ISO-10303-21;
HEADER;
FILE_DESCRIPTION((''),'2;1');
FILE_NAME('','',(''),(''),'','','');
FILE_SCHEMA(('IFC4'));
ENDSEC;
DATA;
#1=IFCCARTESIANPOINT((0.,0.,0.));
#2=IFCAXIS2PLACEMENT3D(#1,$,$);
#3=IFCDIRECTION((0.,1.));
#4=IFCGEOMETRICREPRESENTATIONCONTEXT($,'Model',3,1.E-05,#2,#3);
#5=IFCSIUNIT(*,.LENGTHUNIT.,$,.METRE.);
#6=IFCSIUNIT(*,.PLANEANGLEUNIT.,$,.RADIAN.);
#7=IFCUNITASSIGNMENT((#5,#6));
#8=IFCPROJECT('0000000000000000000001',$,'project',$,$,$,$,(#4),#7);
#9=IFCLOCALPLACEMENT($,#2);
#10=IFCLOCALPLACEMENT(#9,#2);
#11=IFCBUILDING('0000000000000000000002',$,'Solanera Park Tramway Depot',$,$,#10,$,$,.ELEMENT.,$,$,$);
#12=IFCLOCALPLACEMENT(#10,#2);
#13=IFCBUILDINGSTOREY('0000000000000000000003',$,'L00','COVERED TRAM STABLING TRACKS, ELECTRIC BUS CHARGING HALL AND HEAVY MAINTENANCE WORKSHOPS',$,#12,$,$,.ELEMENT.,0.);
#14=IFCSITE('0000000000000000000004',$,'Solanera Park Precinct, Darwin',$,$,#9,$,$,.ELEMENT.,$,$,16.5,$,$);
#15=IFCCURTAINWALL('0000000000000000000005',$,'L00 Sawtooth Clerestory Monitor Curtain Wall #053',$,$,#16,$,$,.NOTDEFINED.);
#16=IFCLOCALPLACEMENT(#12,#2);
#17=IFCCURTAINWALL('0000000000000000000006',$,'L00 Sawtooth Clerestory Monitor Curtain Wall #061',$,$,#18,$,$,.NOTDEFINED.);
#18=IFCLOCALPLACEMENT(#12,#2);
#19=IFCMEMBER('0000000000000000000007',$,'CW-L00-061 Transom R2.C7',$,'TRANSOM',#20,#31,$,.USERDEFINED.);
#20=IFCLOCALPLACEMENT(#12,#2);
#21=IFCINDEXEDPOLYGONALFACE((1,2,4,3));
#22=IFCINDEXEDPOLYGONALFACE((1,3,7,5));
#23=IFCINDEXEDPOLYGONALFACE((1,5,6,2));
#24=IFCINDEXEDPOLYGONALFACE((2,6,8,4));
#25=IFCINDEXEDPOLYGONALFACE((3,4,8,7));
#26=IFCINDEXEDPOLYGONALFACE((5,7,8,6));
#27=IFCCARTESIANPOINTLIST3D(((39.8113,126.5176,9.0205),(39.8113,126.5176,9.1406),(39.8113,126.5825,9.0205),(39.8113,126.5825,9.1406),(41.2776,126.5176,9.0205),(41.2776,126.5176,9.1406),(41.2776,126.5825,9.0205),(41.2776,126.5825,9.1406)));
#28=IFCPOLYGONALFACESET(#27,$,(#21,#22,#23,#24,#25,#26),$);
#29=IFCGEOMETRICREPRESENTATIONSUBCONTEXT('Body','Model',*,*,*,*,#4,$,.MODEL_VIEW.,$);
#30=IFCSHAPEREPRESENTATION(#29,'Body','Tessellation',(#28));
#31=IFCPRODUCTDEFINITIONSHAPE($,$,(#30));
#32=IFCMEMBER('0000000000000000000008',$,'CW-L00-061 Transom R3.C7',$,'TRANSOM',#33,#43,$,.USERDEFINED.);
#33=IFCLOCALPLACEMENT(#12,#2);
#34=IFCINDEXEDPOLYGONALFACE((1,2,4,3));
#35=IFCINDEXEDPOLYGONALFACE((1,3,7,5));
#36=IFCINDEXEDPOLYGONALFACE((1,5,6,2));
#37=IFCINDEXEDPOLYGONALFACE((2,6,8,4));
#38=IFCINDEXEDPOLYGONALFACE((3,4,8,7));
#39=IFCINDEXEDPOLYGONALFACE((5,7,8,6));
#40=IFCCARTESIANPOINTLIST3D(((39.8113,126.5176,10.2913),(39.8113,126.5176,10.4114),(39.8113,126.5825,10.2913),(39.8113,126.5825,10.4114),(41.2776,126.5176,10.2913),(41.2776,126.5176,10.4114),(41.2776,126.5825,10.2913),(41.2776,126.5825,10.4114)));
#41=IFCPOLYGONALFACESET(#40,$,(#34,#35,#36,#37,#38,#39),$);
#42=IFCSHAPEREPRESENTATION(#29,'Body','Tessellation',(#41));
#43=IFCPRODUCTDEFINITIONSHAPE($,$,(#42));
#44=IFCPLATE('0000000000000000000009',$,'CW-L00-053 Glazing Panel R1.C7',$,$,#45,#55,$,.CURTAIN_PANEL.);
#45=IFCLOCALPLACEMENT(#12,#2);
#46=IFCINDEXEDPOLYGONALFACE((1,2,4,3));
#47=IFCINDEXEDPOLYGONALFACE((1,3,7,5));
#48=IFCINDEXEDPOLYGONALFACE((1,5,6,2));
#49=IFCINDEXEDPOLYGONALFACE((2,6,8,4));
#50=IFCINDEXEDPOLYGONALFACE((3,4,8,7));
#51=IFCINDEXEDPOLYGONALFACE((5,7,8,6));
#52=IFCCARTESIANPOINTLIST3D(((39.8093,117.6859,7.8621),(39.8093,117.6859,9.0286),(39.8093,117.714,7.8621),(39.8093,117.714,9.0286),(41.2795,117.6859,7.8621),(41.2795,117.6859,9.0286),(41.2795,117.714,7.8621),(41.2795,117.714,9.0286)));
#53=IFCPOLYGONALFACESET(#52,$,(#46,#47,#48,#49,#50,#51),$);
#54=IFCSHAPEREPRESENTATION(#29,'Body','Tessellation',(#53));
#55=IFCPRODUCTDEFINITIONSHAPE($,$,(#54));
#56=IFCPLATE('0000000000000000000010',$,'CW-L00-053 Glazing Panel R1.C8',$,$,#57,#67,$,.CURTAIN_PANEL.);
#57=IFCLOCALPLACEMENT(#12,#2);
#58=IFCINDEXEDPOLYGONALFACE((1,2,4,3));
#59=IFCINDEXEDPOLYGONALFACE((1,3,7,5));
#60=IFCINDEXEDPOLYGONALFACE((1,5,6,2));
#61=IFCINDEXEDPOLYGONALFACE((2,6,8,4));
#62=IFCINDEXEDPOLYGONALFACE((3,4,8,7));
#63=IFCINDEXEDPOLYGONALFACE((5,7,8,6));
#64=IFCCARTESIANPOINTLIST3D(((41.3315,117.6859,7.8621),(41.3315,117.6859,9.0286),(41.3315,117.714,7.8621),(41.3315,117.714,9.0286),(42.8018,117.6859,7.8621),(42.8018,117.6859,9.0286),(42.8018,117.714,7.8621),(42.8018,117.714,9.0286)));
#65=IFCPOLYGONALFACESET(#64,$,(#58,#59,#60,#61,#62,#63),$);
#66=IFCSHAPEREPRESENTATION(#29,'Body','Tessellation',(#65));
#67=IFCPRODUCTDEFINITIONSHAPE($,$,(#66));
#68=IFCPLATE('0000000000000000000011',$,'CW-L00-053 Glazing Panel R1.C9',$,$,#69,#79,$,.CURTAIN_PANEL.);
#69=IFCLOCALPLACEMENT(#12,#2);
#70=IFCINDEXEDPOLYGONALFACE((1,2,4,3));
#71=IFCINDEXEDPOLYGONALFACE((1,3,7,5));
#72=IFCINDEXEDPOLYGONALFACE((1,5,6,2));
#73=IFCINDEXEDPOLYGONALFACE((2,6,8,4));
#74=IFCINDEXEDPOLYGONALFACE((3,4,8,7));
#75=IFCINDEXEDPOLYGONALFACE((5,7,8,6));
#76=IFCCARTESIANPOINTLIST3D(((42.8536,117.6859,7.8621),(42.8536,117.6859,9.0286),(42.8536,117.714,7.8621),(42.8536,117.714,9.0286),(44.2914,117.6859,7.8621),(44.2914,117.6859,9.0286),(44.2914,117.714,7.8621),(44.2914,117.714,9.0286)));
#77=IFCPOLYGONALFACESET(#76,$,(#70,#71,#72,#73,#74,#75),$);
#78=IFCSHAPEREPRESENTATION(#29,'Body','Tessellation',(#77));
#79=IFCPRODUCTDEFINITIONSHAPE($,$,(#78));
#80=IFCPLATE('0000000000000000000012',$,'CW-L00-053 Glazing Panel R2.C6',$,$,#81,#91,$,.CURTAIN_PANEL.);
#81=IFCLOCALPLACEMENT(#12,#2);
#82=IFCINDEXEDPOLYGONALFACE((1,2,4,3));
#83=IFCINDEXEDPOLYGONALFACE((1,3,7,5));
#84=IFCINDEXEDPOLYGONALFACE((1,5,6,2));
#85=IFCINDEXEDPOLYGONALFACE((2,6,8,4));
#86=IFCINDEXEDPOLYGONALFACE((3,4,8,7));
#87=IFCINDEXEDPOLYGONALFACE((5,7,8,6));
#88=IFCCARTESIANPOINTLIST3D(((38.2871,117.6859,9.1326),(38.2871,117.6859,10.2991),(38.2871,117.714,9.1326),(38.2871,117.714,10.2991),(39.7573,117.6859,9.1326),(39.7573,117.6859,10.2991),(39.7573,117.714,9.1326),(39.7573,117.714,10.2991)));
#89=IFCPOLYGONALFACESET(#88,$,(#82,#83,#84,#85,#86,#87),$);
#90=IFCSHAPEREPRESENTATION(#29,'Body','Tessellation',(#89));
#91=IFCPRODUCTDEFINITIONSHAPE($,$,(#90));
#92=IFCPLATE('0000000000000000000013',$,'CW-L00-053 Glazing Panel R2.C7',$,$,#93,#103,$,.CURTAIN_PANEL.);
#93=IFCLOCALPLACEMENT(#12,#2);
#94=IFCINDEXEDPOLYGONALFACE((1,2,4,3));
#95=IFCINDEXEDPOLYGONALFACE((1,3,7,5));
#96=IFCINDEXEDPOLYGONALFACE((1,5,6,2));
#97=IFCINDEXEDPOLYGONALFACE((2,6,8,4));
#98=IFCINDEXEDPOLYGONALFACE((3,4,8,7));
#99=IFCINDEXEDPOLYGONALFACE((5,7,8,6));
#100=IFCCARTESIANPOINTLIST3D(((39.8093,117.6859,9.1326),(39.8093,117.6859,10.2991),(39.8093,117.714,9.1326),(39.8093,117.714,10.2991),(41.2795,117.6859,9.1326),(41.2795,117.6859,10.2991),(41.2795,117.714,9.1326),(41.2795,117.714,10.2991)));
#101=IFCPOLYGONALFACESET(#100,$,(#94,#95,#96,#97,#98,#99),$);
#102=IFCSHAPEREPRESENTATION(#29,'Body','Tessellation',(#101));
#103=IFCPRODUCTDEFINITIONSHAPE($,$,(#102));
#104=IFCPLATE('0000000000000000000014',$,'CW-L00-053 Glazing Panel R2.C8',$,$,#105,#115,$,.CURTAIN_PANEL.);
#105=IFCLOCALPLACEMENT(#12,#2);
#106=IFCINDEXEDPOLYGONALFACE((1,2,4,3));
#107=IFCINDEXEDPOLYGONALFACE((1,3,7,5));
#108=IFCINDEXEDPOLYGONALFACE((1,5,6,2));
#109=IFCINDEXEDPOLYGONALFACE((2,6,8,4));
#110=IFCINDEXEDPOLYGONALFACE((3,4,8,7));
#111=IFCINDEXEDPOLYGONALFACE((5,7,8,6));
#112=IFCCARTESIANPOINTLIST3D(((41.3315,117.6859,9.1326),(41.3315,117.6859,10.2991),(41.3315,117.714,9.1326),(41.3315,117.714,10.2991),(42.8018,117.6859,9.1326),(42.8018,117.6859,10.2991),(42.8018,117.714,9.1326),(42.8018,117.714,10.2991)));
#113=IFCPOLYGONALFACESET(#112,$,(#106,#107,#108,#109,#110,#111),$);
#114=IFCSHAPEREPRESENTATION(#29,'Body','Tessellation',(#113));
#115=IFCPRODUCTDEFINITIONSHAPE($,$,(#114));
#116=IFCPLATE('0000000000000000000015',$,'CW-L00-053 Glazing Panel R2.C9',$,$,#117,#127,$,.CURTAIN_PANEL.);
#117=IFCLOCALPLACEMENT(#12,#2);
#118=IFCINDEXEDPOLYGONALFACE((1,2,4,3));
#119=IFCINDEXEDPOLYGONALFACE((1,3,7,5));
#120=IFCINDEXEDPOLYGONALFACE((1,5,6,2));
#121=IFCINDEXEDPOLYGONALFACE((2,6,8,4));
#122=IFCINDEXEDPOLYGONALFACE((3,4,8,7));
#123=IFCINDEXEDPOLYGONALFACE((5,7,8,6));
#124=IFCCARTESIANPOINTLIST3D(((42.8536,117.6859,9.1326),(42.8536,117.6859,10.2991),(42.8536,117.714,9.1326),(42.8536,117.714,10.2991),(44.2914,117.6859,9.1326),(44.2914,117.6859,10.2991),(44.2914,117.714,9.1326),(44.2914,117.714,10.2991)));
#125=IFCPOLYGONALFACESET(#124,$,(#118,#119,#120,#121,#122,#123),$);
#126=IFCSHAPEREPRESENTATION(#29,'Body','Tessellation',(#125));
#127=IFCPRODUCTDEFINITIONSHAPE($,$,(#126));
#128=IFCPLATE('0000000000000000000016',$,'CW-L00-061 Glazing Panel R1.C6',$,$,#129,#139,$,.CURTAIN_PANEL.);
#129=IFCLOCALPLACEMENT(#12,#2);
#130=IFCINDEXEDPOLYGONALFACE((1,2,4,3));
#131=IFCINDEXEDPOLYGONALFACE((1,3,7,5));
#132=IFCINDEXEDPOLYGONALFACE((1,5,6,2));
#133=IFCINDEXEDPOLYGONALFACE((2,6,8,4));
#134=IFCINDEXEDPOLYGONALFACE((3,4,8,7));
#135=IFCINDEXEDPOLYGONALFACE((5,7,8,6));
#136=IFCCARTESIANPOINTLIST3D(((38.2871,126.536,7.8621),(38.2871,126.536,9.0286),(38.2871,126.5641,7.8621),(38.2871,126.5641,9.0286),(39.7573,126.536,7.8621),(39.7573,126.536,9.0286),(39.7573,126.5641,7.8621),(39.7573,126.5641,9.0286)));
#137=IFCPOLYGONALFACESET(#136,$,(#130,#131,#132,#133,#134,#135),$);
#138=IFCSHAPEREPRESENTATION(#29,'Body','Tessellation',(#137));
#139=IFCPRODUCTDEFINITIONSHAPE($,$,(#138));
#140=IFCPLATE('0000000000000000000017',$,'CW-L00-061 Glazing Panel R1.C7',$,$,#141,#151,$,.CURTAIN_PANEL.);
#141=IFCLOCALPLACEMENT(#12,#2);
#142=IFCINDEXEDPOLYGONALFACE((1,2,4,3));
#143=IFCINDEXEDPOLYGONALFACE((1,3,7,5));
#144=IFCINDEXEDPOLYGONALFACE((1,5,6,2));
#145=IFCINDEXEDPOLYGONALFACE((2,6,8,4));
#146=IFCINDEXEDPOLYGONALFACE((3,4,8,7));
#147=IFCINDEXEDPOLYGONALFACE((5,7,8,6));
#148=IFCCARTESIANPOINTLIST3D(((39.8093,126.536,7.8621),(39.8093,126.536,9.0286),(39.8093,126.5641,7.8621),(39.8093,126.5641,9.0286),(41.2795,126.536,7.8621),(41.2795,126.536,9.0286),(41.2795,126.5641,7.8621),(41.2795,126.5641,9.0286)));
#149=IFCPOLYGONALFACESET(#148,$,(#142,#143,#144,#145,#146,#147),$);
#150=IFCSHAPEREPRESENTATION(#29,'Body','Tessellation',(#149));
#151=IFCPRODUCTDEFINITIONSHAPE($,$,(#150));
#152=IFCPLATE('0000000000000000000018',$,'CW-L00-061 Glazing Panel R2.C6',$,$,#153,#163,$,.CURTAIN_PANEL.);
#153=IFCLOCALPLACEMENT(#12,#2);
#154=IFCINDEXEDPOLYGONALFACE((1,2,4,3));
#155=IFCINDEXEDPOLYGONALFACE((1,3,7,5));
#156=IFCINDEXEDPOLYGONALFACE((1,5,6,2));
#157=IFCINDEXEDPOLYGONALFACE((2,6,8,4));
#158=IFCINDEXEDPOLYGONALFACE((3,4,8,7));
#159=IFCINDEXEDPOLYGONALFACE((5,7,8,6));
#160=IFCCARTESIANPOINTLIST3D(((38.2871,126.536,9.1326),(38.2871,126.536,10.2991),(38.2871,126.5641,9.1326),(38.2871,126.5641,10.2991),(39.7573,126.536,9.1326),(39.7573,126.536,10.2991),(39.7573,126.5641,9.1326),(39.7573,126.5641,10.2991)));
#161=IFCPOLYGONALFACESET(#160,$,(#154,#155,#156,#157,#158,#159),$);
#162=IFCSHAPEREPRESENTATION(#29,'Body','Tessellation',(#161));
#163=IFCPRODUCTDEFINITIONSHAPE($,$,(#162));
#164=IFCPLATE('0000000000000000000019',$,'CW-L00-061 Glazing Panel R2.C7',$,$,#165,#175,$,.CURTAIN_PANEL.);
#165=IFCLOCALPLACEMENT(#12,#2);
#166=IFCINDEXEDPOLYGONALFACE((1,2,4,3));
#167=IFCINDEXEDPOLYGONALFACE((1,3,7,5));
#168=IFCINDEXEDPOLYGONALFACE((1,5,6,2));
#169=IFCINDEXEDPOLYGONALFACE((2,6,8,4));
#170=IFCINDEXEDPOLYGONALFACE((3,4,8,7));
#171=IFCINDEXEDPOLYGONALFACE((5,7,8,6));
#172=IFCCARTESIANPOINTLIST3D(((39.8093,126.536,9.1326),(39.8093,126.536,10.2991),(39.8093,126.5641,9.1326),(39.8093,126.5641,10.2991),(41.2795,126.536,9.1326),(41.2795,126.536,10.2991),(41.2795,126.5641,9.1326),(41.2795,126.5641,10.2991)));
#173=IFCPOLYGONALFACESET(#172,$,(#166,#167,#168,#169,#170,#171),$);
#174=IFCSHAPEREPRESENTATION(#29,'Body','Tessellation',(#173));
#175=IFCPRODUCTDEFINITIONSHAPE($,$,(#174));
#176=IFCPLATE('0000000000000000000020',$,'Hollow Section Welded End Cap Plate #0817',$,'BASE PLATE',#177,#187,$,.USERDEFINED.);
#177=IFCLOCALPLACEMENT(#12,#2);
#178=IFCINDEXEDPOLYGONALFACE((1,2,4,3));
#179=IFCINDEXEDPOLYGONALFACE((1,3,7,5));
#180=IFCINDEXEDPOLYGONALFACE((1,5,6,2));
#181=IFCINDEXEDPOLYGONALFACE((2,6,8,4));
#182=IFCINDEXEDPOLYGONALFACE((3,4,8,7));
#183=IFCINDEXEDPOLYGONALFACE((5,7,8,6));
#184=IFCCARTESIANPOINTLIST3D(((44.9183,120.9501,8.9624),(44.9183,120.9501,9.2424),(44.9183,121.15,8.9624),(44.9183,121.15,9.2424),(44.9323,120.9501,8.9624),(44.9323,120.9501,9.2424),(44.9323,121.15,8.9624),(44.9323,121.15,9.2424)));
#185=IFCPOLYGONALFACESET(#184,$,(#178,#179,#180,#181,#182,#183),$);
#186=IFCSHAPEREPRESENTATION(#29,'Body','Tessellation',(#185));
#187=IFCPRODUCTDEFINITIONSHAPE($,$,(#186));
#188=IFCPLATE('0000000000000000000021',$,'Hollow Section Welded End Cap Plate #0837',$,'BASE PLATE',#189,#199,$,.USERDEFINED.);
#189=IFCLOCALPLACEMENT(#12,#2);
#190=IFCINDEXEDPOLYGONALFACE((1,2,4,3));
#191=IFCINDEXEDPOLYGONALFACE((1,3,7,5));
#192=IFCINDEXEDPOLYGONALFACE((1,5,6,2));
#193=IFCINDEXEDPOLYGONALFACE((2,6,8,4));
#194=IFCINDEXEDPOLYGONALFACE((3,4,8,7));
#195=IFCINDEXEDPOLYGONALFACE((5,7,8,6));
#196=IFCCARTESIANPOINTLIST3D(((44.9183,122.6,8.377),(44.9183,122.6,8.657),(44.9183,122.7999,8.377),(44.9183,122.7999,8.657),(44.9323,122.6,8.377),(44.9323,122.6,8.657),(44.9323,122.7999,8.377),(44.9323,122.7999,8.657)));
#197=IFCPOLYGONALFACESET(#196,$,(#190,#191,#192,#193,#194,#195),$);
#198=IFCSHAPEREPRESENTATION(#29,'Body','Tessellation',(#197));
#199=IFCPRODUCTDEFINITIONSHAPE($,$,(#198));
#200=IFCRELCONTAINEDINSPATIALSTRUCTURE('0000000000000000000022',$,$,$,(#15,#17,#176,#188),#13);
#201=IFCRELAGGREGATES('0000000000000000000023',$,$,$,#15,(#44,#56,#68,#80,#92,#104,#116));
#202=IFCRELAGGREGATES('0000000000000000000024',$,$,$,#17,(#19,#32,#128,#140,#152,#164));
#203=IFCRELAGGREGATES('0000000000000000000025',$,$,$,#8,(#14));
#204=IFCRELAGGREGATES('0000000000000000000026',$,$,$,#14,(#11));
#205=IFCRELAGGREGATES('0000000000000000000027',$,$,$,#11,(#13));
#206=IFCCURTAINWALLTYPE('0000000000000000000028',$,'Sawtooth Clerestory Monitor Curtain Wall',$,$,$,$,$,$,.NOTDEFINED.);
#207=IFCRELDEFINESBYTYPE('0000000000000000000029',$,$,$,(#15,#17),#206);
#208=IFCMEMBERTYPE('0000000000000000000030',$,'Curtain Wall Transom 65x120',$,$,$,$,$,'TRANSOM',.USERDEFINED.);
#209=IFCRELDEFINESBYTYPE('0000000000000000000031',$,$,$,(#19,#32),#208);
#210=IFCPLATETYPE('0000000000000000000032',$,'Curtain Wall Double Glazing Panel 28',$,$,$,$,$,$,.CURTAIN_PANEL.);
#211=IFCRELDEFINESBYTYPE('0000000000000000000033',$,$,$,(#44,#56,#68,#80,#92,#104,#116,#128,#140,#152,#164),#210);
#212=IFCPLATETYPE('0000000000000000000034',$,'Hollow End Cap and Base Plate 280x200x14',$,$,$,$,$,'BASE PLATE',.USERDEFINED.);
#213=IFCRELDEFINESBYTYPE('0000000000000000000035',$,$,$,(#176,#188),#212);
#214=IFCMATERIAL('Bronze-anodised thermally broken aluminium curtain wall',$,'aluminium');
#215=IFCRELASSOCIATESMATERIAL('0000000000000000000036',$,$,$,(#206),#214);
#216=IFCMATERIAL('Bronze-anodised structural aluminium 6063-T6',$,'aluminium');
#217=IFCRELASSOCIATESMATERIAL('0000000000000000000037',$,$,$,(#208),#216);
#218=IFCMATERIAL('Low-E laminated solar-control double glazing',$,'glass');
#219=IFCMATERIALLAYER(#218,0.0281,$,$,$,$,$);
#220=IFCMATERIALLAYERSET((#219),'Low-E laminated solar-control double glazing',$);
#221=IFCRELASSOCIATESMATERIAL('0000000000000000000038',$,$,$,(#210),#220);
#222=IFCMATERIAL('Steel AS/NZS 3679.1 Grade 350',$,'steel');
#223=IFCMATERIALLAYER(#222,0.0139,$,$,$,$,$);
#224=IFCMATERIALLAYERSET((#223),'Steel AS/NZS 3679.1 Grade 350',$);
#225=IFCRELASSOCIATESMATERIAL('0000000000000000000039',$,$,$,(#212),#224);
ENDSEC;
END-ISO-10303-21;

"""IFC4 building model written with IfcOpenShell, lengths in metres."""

from ifc_helpers import new_model, si_unit, direction, frame, origin, origin_2d, place, context, subcontext, project, spatial, rectangle, extrude, material, layer, layer_set, material_profile, profile_set, type_object, element, aggregate, save


model = new_model("IFC4")

# Units and contexts
model_context = context("Model", 3, precision=1e-05, world=origin(), true_north=direction((0.0, 1.0)))
body_context = subcontext(model_context, "Body", "Model", "MODEL_VIEW")
ifc_project = project(units=[si_unit("LENGTHUNIT", "METRE"), si_unit("PLANEANGLEUNIT", "RADIAN")], contexts=[model_context])

# Site, building, storey
site_placement = place(None, origin())
site = spatial("IfcSite", under=ifc_project, at=site_placement, Name="Solanera Park Precinct, Darwin", CompositionType="ELEMENT", RefElevation=16.5)
building_placement = place(site_placement, origin())
building = spatial("IfcBuilding", under=site, at=building_placement, Name="Solanera Park Tramway Depot", CompositionType="ELEMENT")
storey_placement = place(building_placement, origin())
storey = spatial("IfcBuildingStorey", under=building, at=storey_placement, Name="L00", Description="COVERED TRAM STABLING TRACKS, ELECTRIC BUS CHARGING HALL AND HEAVY MAINTENANCE WORKSHOPS", CompositionType="ELEMENT", Elevation=0.0)

# Curtain wall
ifc_material_1 = material(Name="Bronze-anodised thermally broken aluminium curtain wall", Category="aluminium")
curtain_wall_type = type_object("IfcCurtainWallType", Name="Sawtooth Clerestory Monitor Curtain Wall", PredefinedType="NOTDEFINED", material=ifc_material_1)
curtain_wall_1_placement = place(storey_placement, origin())
curtain_wall_1 = element("IfcCurtainWall", 1, at=curtain_wall_1_placement, inside=storey, type_object=curtain_wall_type, Name="L00 Sawtooth Clerestory Monitor Curtain Wall #053", PredefinedType="NOTDEFINED")

# Curtain wall
curtain_wall_2_placement = place(storey_placement, origin())
curtain_wall_2 = element("IfcCurtainWall", 2, at=curtain_wall_2_placement, inside=storey, type_object=curtain_wall_type, Name="L00 Sawtooth Clerestory Monitor Curtain Wall #061", PredefinedType="NOTDEFINED")

# Members
ifc_material_2 = material(Name="Bronze-anodised structural aluminium 6063-T6", Category="aluminium")
ifc_material_profile_1 = material_profile(ifc_material_2, rectangle(XDim=0.0649, YDim=0.1201, at=origin_2d()), Name="Curtain Wall Transom 65x120")
ifc_profile_set_1 = profile_set([ifc_material_profile_1], Name="Bronze-anodised structural aluminium 6063-T6")
member_type_1 = type_object("IfcMemberType", Name="Curtain Wall Transom 65x120", ElementType="TRANSOM", PredefinedType="USERDEFINED", material=ifc_profile_set_1)
member_1_placement = place(storey_placement, frame((39.8113, 126.55, 9.0806), z_axis=(1.0, 0.0, 0.0), x_axis=(0.0, 1.0, 0.0)))
member_1 = element("IfcMember", 3, at=member_1_placement, type_object=member_type_1, Name="CW-L00-061 Transom R2.C7", ObjectType="TRANSOM", PredefinedType="USERDEFINED", context=body_context, shape_type="SweptSolid", body=[
    extrude(rectangle(XDim=0.0649, YDim=0.1201, at=origin_2d()), origin(), (0.0, 0.0, 1.0), 1.4663),
])
member_2_placement = place(storey_placement, frame((39.8113, 126.55, 10.3513), z_axis=(1.0, 0.0, 0.0), x_axis=(0.0, 1.0, 0.0)))
member_2 = element("IfcMember", 4, at=member_2_placement, type_object=member_type_1, Name="CW-L00-061 Transom R3.C7", ObjectType="TRANSOM", PredefinedType="USERDEFINED", context=body_context, shape_type="SweptSolid", body=[
    extrude(rectangle(XDim=0.0649, YDim=0.1201, at=origin_2d()), origin(), (0.0, 0.0, 1.0), 1.4663),
])

# Plates
ifc_material_3 = material(Name="Low-E laminated solar-control double glazing", Category="glass")
ifc_layer_1 = layer(ifc_material_3, 0.0281)
ifc_layer_set_1 = layer_set([ifc_layer_1], Name="Low-E laminated solar-control double glazing")
plate_type_1 = type_object("IfcPlateType", Name="Curtain Wall Double Glazing Panel 28", PredefinedType="CURTAIN_PANEL", material=ifc_layer_set_1)
plate_1_placement = place(storey_placement, frame((40.5444, 117.7, 7.8621), z_axis=(0.0, 0.0, 1.0), x_axis=(1.0, 0.0, 0.0)))
plate_1 = element("IfcPlate", 5, at=plate_1_placement, type_object=plate_type_1, Name="CW-L00-053 Glazing Panel R1.C7", PredefinedType="CURTAIN_PANEL", context=body_context, shape_type="SweptSolid", body=[
    extrude(rectangle(XDim=1.4702, YDim=0.0281, at=origin_2d()), origin(), (0.0, 0.0, 1.0), 1.1665),
])
plate_2_placement = place(storey_placement, frame((42.0667, 117.7, 7.8621), z_axis=(0.0, 0.0, 1.0), x_axis=(1.0, 0.0, 0.0)))
plate_2 = element("IfcPlate", 6, at=plate_2_placement, type_object=plate_type_1, Name="CW-L00-053 Glazing Panel R1.C8", PredefinedType="CURTAIN_PANEL", context=body_context, shape_type="SweptSolid", body=[
    extrude(rectangle(XDim=1.4702, YDim=0.0281, at=origin_2d()), origin(), (0.0, 0.0, 1.0), 1.1665),
])
plate_3_placement = place(storey_placement, frame((43.5725, 117.7, 7.8621), z_axis=(0.0, 0.0, 1.0), x_axis=(1.0, 0.0, 0.0)))
plate_3 = element("IfcPlate", 7, at=plate_3_placement, type_object=plate_type_1, Name="CW-L00-053 Glazing Panel R1.C9", PredefinedType="CURTAIN_PANEL", context=body_context, shape_type="SweptSolid", body=[
    extrude(rectangle(XDim=1.4377, YDim=0.0281, at=origin_2d()), origin(), (0.0, 0.0, 1.0), 1.1665),
])
plate_4_placement = place(storey_placement, frame((39.0222, 117.7, 9.1326), z_axis=(0.0, 0.0, 1.0), x_axis=(1.0, 0.0, 0.0)))
plate_4 = element("IfcPlate", 8, at=plate_4_placement, type_object=plate_type_1, Name="CW-L00-053 Glazing Panel R2.C6", PredefinedType="CURTAIN_PANEL", context=body_context, shape_type="SweptSolid", body=[
    extrude(rectangle(XDim=1.4702, YDim=0.0281, at=origin_2d()), origin(), (0.0, 0.0, 1.0), 1.1665),
])
plate_5_placement = place(storey_placement, frame((40.5444, 117.7, 9.1326), z_axis=(0.0, 0.0, 1.0), x_axis=(1.0, 0.0, 0.0)))
plate_5 = element("IfcPlate", 9, at=plate_5_placement, type_object=plate_type_1, Name="CW-L00-053 Glazing Panel R2.C7", PredefinedType="CURTAIN_PANEL", context=body_context, shape_type="SweptSolid", body=[
    extrude(rectangle(XDim=1.4702, YDim=0.0281, at=origin_2d()), origin(), (0.0, 0.0, 1.0), 1.1665),
])
plate_6_placement = place(storey_placement, frame((42.0667, 117.7, 9.1326), z_axis=(0.0, 0.0, 1.0), x_axis=(1.0, 0.0, 0.0)))
plate_6 = element("IfcPlate", 10, at=plate_6_placement, type_object=plate_type_1, Name="CW-L00-053 Glazing Panel R2.C8", PredefinedType="CURTAIN_PANEL", context=body_context, shape_type="SweptSolid", body=[
    extrude(rectangle(XDim=1.4702, YDim=0.0281, at=origin_2d()), origin(), (0.0, 0.0, 1.0), 1.1665),
])
plate_7_placement = place(storey_placement, frame((43.5725, 117.7, 9.1326), z_axis=(0.0, 0.0, 1.0), x_axis=(1.0, 0.0, 0.0)))
plate_7 = element("IfcPlate", 11, at=plate_7_placement, type_object=plate_type_1, Name="CW-L00-053 Glazing Panel R2.C9", PredefinedType="CURTAIN_PANEL", context=body_context, shape_type="SweptSolid", body=[
    extrude(rectangle(XDim=1.4377, YDim=0.0281, at=origin_2d()), origin(), (0.0, 0.0, 1.0), 1.1665),
])
aggregate(curtain_wall_1, [plate_1, plate_2, plate_3, plate_4, plate_5, plate_6, plate_7])
plate_8_placement = place(storey_placement, frame((39.0222, 126.55, 7.8621), z_axis=(0.0, 0.0, 1.0), x_axis=(1.0, 0.0, 0.0)))
plate_8 = element("IfcPlate", 12, at=plate_8_placement, type_object=plate_type_1, Name="CW-L00-061 Glazing Panel R1.C6", PredefinedType="CURTAIN_PANEL", context=body_context, shape_type="SweptSolid", body=[
    extrude(rectangle(XDim=1.4702, YDim=0.0281, at=origin_2d()), origin(), (0.0, 0.0, 1.0), 1.1665),
])
plate_9_placement = place(storey_placement, frame((40.5444, 126.55, 7.8621), z_axis=(0.0, 0.0, 1.0), x_axis=(1.0, 0.0, 0.0)))
plate_9 = element("IfcPlate", 13, at=plate_9_placement, type_object=plate_type_1, Name="CW-L00-061 Glazing Panel R1.C7", PredefinedType="CURTAIN_PANEL", context=body_context, shape_type="SweptSolid", body=[
    extrude(rectangle(XDim=1.4702, YDim=0.0281, at=origin_2d()), origin(), (0.0, 0.0, 1.0), 1.1665),
])
plate_10_placement = place(storey_placement, frame((39.0222, 126.55, 9.1326), z_axis=(0.0, 0.0, 1.0), x_axis=(1.0, 0.0, 0.0)))
plate_10 = element("IfcPlate", 14, at=plate_10_placement, type_object=plate_type_1, Name="CW-L00-061 Glazing Panel R2.C6", PredefinedType="CURTAIN_PANEL", context=body_context, shape_type="SweptSolid", body=[
    extrude(rectangle(XDim=1.4702, YDim=0.0281, at=origin_2d()), origin(), (0.0, 0.0, 1.0), 1.1665),
])
plate_11_placement = place(storey_placement, frame((40.5444, 126.55, 9.1326), z_axis=(0.0, 0.0, 1.0), x_axis=(1.0, 0.0, 0.0)))
plate_11 = element("IfcPlate", 15, at=plate_11_placement, type_object=plate_type_1, Name="CW-L00-061 Glazing Panel R2.C7", PredefinedType="CURTAIN_PANEL", context=body_context, shape_type="SweptSolid", body=[
    extrude(rectangle(XDim=1.4702, YDim=0.0281, at=origin_2d()), origin(), (0.0, 0.0, 1.0), 1.1665),
])
aggregate(curtain_wall_2, [member_1, member_2, plate_8, plate_9, plate_10, plate_11])

# Plates
ifc_material_4 = material(Name="Steel AS/NZS 3679.1 Grade 350", Category="steel")
ifc_layer_2 = layer(ifc_material_4, 0.0139)
ifc_layer_set_2 = layer_set([ifc_layer_2], Name="Steel AS/NZS 3679.1 Grade 350")
plate_type_2 = type_object("IfcPlateType", Name="Hollow End Cap and Base Plate 280x200x14", ElementType="BASE PLATE", PredefinedType="USERDEFINED", material=ifc_layer_set_2)
for number, where, z_axis, x_axis, name in (
    (16, (44.9253, 121.05, 8.9624), (0.0, 0.0, 1.0), (1.0, 0.0, 0.0), "Hollow Section Welded End Cap Plate #0817"),
    (17, (44.9253, 122.7, 8.377), (0.0, 0.0, 1.0), (1.0, 0.0, 0.0), "Hollow Section Welded End Cap Plate #0837"),
):
    element("IfcPlate", number, at=place(storey_placement, frame(where, z_axis=z_axis, x_axis=x_axis)), inside=storey, type_object=plate_type_2, Name=name, ObjectType="BASE PLATE", PredefinedType="USERDEFINED", context=body_context, shape_type="SweptSolid", body=[
        extrude(rectangle(XDim=0.0139, YDim=0.2, at=origin_2d()), origin(), (0.0, 0.0, 1.0), 0.28),
    ])

save(model, "model.ifc")
